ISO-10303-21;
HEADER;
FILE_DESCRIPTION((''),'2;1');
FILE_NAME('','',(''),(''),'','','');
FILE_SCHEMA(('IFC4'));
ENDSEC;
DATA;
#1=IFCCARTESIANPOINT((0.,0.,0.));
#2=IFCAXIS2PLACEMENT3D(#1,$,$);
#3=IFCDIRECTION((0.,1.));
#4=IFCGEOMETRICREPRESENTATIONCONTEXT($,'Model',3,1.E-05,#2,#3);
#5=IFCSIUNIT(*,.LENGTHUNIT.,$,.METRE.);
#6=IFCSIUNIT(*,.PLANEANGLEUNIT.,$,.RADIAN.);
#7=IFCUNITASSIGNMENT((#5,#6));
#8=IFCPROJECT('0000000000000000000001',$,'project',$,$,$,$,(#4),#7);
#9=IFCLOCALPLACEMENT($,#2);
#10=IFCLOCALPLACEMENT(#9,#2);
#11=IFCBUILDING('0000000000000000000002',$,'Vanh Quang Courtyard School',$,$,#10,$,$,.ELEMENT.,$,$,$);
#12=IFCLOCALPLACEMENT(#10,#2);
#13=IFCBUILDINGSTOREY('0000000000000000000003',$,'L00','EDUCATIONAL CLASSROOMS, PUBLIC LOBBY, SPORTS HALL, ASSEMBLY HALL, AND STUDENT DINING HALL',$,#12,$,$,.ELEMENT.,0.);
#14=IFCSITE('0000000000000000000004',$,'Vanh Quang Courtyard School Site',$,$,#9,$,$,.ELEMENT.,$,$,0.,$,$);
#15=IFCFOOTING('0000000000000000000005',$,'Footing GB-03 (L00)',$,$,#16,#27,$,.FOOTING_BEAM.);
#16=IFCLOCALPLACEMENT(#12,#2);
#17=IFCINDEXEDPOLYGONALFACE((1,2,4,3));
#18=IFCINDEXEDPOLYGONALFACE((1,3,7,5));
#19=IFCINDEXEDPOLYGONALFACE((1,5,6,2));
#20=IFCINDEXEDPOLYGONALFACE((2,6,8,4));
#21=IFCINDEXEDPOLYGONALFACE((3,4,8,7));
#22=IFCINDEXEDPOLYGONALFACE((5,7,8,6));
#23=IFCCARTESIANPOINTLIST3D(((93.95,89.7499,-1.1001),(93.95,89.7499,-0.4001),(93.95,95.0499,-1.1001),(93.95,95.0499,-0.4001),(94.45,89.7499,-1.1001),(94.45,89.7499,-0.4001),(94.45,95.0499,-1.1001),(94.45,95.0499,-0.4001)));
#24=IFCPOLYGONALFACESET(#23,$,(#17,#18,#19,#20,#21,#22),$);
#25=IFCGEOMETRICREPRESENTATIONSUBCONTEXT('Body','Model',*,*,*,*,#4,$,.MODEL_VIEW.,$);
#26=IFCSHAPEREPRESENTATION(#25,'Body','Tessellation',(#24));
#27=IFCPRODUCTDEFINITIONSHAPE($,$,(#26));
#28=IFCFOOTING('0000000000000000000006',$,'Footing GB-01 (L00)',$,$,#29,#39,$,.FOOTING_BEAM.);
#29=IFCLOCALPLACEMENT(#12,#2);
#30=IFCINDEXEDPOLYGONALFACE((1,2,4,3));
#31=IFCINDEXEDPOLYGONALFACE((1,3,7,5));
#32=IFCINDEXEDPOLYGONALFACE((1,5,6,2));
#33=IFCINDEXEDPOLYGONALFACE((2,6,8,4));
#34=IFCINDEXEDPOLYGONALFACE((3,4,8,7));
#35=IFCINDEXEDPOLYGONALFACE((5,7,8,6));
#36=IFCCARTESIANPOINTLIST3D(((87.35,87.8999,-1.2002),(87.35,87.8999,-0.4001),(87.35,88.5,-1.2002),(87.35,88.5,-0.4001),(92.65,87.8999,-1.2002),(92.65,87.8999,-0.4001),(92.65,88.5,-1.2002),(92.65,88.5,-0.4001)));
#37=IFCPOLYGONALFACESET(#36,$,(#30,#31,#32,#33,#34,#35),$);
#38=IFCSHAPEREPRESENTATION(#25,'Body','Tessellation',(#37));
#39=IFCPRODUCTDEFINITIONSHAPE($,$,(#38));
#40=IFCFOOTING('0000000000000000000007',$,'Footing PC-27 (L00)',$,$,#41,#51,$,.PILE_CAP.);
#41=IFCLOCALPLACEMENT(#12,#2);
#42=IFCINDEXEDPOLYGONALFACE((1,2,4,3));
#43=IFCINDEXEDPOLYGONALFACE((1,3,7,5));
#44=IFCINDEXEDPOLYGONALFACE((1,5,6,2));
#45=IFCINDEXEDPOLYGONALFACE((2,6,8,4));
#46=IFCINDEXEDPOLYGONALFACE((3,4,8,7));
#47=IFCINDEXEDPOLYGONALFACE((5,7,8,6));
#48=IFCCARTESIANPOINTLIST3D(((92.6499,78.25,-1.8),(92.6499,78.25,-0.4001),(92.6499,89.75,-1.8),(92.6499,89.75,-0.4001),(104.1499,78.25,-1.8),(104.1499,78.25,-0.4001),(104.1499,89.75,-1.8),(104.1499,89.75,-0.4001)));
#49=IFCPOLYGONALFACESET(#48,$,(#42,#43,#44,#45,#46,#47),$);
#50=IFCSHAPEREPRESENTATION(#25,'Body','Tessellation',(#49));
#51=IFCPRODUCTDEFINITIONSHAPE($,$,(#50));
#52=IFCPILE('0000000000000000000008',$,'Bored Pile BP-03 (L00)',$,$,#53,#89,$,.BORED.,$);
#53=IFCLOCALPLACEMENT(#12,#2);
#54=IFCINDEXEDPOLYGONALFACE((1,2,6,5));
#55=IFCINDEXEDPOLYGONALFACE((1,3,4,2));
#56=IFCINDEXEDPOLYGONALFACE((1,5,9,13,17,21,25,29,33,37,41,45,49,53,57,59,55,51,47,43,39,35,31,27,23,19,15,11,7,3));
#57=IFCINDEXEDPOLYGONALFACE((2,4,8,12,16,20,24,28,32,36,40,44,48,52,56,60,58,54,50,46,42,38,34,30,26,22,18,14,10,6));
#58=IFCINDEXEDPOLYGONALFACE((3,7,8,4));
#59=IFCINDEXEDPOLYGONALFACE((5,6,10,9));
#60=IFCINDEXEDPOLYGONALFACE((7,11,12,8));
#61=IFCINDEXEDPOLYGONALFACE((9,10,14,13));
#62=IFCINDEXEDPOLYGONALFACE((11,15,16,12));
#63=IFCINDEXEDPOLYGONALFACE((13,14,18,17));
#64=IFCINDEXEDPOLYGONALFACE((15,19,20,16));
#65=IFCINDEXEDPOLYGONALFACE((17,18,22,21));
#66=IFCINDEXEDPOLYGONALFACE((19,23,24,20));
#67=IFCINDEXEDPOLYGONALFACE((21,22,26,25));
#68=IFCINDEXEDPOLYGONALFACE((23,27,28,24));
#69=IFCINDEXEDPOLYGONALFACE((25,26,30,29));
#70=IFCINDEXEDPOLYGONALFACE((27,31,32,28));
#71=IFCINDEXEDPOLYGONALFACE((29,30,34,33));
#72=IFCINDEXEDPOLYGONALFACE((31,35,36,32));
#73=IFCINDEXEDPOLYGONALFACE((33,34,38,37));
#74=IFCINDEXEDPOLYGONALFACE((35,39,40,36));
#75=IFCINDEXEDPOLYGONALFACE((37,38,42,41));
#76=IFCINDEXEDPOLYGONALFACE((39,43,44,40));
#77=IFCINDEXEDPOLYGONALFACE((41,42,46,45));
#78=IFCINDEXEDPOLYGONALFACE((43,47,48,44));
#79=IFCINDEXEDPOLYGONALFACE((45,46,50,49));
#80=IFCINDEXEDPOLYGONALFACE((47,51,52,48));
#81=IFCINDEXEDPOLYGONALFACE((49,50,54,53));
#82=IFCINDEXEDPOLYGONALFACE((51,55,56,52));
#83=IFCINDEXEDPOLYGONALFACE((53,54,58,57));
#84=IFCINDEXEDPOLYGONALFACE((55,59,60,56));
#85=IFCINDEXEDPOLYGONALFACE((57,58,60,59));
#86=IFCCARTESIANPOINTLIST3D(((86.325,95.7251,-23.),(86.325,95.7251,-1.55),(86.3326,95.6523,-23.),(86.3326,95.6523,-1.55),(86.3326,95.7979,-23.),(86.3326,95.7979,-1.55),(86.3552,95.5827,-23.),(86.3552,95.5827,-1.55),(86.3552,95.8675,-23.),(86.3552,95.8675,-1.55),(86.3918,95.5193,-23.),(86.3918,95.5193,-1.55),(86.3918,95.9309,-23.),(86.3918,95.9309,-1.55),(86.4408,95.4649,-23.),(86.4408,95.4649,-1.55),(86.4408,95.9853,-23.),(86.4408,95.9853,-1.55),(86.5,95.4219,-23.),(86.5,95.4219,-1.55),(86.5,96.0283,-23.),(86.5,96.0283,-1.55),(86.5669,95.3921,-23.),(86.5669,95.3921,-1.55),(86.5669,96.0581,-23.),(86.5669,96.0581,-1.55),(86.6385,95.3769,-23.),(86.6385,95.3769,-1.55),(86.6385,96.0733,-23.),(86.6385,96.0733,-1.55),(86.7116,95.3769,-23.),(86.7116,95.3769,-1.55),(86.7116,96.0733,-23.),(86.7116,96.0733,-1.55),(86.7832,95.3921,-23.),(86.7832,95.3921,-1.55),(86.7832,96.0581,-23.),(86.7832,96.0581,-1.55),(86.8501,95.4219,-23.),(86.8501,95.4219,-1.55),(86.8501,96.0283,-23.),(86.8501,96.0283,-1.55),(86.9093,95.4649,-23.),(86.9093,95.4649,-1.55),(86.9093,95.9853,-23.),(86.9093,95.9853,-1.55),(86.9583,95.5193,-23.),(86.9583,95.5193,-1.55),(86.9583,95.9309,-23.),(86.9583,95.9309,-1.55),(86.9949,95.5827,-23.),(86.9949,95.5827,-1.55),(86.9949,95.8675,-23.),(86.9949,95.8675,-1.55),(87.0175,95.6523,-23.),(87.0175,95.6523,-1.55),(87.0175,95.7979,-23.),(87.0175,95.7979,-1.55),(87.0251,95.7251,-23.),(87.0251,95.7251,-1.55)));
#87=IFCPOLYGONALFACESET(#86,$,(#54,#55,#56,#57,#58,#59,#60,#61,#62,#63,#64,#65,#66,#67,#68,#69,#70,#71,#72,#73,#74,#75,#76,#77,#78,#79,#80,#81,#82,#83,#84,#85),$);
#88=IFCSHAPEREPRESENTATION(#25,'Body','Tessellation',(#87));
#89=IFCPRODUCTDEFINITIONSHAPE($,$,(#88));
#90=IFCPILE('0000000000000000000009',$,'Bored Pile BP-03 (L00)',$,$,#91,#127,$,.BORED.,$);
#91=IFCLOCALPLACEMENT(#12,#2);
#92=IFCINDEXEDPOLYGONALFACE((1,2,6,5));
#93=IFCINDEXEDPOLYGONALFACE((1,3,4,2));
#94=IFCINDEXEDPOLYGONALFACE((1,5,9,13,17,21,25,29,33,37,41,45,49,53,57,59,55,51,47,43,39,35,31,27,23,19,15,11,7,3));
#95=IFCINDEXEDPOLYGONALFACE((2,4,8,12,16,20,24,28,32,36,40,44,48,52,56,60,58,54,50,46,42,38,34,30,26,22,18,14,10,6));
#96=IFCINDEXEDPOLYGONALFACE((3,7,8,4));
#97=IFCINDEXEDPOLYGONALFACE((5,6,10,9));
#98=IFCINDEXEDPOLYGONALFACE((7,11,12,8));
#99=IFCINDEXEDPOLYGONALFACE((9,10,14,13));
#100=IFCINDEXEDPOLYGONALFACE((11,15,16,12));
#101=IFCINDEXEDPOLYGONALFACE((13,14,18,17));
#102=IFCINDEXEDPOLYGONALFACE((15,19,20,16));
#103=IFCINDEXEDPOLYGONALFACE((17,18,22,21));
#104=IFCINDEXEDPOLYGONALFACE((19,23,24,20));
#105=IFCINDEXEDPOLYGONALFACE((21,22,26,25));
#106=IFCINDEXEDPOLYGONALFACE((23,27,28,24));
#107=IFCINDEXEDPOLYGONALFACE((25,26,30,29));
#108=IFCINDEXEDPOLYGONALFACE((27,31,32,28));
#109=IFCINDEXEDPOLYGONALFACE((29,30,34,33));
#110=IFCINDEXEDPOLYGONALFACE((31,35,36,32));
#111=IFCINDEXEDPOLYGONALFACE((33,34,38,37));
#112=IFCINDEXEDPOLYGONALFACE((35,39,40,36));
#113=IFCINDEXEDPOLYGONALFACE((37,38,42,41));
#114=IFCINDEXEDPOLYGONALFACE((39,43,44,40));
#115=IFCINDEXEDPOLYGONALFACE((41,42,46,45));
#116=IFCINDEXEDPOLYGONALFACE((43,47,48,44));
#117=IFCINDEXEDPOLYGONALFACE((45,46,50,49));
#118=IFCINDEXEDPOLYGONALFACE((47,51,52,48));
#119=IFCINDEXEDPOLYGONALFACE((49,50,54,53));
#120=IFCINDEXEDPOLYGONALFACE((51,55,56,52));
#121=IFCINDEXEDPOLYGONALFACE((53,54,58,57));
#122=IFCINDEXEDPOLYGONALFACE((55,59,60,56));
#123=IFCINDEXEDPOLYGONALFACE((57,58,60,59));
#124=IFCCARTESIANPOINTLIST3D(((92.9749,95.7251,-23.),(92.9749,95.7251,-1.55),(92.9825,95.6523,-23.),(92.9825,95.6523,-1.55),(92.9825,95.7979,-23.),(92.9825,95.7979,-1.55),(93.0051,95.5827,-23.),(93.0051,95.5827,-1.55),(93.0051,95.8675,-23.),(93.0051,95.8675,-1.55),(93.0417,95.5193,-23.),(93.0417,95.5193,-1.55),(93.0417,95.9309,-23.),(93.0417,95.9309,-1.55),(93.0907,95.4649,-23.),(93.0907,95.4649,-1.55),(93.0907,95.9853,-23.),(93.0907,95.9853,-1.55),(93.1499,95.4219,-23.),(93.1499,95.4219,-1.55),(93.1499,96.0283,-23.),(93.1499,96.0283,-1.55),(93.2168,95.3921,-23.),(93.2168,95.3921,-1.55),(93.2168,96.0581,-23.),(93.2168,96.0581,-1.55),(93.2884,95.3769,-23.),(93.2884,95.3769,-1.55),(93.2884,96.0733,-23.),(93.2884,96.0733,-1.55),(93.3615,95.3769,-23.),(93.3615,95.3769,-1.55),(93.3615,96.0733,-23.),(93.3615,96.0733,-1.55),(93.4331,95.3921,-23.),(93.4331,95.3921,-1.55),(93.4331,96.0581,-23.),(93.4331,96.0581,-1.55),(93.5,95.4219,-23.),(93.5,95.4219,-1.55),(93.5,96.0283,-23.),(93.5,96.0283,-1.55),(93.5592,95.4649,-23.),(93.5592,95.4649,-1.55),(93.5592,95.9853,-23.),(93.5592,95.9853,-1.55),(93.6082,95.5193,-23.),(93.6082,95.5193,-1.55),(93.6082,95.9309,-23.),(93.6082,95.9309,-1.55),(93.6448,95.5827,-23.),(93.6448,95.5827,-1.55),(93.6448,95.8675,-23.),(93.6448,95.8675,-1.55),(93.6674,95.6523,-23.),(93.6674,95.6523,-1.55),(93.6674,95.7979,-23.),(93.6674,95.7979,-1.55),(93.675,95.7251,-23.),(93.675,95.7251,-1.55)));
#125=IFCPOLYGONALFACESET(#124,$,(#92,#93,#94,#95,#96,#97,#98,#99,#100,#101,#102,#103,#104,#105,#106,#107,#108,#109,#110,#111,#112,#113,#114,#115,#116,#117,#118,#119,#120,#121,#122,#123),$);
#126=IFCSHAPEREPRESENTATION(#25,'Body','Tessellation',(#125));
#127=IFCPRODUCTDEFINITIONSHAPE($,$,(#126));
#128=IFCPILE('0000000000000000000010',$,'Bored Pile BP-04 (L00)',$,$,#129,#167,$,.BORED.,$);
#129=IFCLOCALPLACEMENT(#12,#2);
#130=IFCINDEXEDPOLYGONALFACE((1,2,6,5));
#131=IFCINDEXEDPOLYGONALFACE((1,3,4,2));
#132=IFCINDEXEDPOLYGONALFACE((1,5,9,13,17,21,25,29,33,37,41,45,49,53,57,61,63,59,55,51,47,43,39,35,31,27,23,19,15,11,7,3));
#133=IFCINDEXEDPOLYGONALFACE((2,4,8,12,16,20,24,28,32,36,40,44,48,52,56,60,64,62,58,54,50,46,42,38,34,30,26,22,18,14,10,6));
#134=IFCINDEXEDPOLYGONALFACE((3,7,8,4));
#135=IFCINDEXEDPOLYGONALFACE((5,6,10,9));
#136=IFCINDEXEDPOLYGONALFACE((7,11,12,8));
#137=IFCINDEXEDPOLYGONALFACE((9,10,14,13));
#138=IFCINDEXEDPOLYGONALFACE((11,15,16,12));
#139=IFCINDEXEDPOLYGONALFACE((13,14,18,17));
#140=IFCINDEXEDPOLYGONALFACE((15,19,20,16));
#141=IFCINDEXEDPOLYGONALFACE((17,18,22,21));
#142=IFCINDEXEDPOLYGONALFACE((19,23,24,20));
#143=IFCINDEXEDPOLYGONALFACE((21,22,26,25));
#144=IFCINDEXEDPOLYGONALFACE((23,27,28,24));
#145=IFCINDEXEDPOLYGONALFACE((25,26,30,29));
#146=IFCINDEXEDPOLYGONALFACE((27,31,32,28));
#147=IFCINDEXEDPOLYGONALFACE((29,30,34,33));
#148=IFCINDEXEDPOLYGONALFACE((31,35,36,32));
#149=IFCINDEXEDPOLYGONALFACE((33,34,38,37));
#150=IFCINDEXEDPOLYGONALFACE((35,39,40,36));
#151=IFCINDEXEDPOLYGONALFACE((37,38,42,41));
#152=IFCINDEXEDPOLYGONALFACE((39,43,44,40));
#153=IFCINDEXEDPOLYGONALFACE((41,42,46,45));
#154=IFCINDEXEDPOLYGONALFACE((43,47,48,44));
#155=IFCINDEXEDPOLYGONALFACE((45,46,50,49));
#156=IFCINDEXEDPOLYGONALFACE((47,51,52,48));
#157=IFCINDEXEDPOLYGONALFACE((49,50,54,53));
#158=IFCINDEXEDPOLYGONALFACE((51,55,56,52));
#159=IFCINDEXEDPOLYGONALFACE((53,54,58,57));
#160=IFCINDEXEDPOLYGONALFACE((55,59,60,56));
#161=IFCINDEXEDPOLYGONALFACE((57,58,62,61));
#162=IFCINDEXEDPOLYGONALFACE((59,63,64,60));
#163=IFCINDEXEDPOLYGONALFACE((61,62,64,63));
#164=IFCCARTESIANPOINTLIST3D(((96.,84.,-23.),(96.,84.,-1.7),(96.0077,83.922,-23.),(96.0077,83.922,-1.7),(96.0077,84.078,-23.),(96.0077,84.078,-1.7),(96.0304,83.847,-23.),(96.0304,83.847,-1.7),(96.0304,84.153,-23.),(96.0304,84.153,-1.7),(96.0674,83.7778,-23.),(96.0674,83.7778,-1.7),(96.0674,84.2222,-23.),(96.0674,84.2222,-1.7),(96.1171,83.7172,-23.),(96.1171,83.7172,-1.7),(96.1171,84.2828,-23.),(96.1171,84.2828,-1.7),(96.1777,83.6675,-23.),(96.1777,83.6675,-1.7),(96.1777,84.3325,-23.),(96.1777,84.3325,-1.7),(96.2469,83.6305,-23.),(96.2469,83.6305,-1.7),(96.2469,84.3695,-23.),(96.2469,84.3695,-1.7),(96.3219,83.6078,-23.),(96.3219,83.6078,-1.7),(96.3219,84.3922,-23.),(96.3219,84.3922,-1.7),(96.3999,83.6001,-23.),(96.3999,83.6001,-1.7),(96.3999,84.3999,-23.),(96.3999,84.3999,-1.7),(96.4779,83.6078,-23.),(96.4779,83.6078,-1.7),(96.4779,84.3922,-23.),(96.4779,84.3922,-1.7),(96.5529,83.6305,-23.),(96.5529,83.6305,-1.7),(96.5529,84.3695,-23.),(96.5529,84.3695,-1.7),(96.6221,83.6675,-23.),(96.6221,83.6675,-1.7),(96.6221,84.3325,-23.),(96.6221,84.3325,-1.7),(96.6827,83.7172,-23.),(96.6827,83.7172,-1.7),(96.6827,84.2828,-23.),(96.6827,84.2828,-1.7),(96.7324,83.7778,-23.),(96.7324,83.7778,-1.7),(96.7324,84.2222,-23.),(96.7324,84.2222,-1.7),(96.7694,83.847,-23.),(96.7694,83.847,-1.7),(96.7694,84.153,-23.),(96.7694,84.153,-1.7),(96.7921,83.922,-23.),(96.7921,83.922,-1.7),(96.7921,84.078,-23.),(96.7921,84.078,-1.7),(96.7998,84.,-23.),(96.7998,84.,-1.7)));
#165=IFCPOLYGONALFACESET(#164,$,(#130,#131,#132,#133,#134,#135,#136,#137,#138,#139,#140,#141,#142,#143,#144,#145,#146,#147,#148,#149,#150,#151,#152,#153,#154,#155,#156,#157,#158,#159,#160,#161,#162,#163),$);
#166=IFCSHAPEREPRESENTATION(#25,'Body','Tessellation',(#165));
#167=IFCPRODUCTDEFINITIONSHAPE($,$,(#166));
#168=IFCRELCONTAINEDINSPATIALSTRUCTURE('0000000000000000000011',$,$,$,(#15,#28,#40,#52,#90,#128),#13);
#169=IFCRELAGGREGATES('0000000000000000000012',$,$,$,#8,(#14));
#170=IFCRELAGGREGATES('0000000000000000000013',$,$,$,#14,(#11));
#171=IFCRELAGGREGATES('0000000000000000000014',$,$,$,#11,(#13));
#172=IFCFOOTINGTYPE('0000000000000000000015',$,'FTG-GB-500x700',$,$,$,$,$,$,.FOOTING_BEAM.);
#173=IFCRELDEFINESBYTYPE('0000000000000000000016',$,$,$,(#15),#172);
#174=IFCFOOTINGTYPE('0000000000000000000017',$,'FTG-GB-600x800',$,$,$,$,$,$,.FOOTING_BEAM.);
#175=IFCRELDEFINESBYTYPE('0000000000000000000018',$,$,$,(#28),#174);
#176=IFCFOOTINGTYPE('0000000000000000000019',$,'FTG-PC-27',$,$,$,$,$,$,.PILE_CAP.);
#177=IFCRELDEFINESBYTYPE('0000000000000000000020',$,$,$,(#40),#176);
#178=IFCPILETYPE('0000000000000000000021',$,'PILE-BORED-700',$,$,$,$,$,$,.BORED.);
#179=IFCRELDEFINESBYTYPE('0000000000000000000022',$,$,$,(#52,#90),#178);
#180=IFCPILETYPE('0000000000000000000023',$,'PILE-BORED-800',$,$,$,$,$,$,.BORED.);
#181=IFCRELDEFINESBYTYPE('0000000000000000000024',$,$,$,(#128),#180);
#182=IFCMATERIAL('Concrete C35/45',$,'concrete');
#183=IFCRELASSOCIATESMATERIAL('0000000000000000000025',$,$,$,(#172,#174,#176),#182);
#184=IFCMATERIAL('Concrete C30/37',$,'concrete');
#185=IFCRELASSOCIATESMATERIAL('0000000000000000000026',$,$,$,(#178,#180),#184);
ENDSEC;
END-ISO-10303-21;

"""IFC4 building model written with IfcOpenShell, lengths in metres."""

from ifc_helpers import new_model, si_unit, direction, frame, origin, origin_2d, place, context, subcontext, project, spatial, rectangle, circle, extrude, material, material_profile, profile_set, type_object, element, save


model = new_model("IFC4")

# Units and contexts
model_context = context("Model", 3, precision=1e-05, world=origin(), true_north=direction((0.0, 1.0)))
body_context = subcontext(model_context, "Body", "Model", "MODEL_VIEW")
ifc_project = project(units=[si_unit("LENGTHUNIT", "METRE"), si_unit("PLANEANGLEUNIT", "RADIAN")], contexts=[model_context])

# Site, building, storey
site_placement = place(None, origin())
site = spatial("IfcSite", under=ifc_project, at=site_placement, Name="Vanh Quang Courtyard School Site", CompositionType="ELEMENT", RefElevation=0.0)
building_placement = place(site_placement, origin())
building = spatial("IfcBuilding", under=site, at=building_placement, Name="Vanh Quang Courtyard School", CompositionType="ELEMENT")
storey_placement = place(building_placement, origin())
storey = spatial("IfcBuildingStorey", under=building, at=storey_placement, Name="L00", Description="EDUCATIONAL CLASSROOMS, PUBLIC LOBBY, SPORTS HALL, ASSEMBLY HALL, AND STUDENT DINING HALL", CompositionType="ELEMENT", Elevation=0.0)

# Footings
ifc_material_1 = material(Name="Concrete C35/45", Category="concrete")
footing_type_1 = type_object("IfcFootingType", Name="FTG-GB-500x700", PredefinedType="FOOTING_BEAM", material=ifc_material_1)
footing_1_placement = place(storey_placement, frame((94.2, 92.3999, -1.1001), z_axis=(0.0, 0.0, 1.0), x_axis=(0.0, 1.0, 0.0)))
element("IfcFooting", 1, at=footing_1_placement, inside=storey, type_object=footing_type_1, Name="Footing GB-03 (L00)", PredefinedType="FOOTING_BEAM", context=body_context, shape_type="SweptSolid", body=[
    extrude(rectangle(XDim=5.3, YDim=0.5, at=origin_2d()), origin(), (0.0, 0.0, 1.0), 0.7),
])
footing_type_2 = type_object("IfcFootingType", Name="FTG-GB-600x800", PredefinedType="FOOTING_BEAM", material=ifc_material_1)
footing_2_placement = place(storey_placement, frame((90.0, 88.2, -1.2002), z_axis=(0.0, 0.0, 1.0), x_axis=(1.0, 0.0, 0.0)))
element("IfcFooting", 2, at=footing_2_placement, inside=storey, type_object=footing_type_2, Name="Footing GB-01 (L00)", PredefinedType="FOOTING_BEAM", context=body_context, shape_type="SweptSolid", body=[
    extrude(rectangle(XDim=5.3, YDim=0.6001, at=origin_2d()), origin(), (0.0, 0.0, 1.0), 0.8),
])
footing_type_3 = type_object("IfcFootingType", Name="FTG-PC-27", PredefinedType="PILE_CAP", material=ifc_material_1)
footing_3_placement = place(storey_placement, frame((98.3999, 84.0, -1.8), z_axis=(0.0, 0.0, 1.0), x_axis=(1.0, 0.0, 0.0)))
element("IfcFooting", 3, at=footing_3_placement, inside=storey, type_object=footing_type_3, Name="Footing PC-27 (L00)", PredefinedType="PILE_CAP", context=body_context, shape_type="SweptSolid", body=[
    extrude(rectangle(XDim=11.5, YDim=11.5, at=origin_2d()), origin(), (0.0, 0.0, 1.0), 1.3999),
])

# Piles
ifc_material_2 = material(Name="Concrete C30/37", Category="concrete")
ifc_material_profile_1 = material_profile(ifc_material_2, circle(Radius=0.3501, at=origin_2d()), Name="PILE D700")
ifc_profile_set_1 = profile_set([ifc_material_profile_1], Name="Concrete C30/37")
pile_type_1 = type_object("IfcPileType", Name="PILE-BORED-700", PredefinedType="BORED", material=ifc_profile_set_1)
for number, where, z_axis, x_axis, name in (
    (4, (86.675, 95.7251, -1.55), (0.0, 0.0, -1.0), (1.0, 0.0, 0.0), "Bored Pile BP-03 (L00)"),
    (5, (93.325, 95.7251, -1.55), (0.0, 0.0, -1.0), (1.0, 0.0, 0.0), "Bored Pile BP-03 (L00)"),
):
    element("IfcPile", number, at=place(storey_placement, frame(where, z_axis=z_axis, x_axis=x_axis)), inside=storey, type_object=pile_type_1, Name=name, PredefinedType="BORED", context=body_context, shape_type="SweptSolid", body=[
        extrude(circle(Radius=0.3501, at=origin_2d()), origin(), (0.0, 0.0, 1.0), 21.45),
    ])
ifc_material_profile_2 = material_profile(ifc_material_2, circle(Radius=0.3999, at=origin_2d()), Name="PILE D800")
ifc_profile_set_2 = profile_set([ifc_material_profile_2], Name="Concrete C30/37")
pile_type_2 = type_object("IfcPileType", Name="PILE-BORED-800", PredefinedType="BORED", material=ifc_profile_set_2)
for number, where, z_axis, x_axis, name in (
    (6, (96.3999, 84.0, -1.7), (0.0, 0.0, -1.0), (1.0, 0.0, 0.0), "Bored Pile BP-04 (L00)"),
):
    element("IfcPile", number, at=place(storey_placement, frame(where, z_axis=z_axis, x_axis=x_axis)), inside=storey, type_object=pile_type_2, Name=name, PredefinedType="BORED", context=body_context, shape_type="SweptSolid", body=[
        extrude(circle(Radius=0.3999, at=origin_2d()), origin(), (0.0, 0.0, 1.0), 21.3),
    ])

save(model, "model.ifc")
